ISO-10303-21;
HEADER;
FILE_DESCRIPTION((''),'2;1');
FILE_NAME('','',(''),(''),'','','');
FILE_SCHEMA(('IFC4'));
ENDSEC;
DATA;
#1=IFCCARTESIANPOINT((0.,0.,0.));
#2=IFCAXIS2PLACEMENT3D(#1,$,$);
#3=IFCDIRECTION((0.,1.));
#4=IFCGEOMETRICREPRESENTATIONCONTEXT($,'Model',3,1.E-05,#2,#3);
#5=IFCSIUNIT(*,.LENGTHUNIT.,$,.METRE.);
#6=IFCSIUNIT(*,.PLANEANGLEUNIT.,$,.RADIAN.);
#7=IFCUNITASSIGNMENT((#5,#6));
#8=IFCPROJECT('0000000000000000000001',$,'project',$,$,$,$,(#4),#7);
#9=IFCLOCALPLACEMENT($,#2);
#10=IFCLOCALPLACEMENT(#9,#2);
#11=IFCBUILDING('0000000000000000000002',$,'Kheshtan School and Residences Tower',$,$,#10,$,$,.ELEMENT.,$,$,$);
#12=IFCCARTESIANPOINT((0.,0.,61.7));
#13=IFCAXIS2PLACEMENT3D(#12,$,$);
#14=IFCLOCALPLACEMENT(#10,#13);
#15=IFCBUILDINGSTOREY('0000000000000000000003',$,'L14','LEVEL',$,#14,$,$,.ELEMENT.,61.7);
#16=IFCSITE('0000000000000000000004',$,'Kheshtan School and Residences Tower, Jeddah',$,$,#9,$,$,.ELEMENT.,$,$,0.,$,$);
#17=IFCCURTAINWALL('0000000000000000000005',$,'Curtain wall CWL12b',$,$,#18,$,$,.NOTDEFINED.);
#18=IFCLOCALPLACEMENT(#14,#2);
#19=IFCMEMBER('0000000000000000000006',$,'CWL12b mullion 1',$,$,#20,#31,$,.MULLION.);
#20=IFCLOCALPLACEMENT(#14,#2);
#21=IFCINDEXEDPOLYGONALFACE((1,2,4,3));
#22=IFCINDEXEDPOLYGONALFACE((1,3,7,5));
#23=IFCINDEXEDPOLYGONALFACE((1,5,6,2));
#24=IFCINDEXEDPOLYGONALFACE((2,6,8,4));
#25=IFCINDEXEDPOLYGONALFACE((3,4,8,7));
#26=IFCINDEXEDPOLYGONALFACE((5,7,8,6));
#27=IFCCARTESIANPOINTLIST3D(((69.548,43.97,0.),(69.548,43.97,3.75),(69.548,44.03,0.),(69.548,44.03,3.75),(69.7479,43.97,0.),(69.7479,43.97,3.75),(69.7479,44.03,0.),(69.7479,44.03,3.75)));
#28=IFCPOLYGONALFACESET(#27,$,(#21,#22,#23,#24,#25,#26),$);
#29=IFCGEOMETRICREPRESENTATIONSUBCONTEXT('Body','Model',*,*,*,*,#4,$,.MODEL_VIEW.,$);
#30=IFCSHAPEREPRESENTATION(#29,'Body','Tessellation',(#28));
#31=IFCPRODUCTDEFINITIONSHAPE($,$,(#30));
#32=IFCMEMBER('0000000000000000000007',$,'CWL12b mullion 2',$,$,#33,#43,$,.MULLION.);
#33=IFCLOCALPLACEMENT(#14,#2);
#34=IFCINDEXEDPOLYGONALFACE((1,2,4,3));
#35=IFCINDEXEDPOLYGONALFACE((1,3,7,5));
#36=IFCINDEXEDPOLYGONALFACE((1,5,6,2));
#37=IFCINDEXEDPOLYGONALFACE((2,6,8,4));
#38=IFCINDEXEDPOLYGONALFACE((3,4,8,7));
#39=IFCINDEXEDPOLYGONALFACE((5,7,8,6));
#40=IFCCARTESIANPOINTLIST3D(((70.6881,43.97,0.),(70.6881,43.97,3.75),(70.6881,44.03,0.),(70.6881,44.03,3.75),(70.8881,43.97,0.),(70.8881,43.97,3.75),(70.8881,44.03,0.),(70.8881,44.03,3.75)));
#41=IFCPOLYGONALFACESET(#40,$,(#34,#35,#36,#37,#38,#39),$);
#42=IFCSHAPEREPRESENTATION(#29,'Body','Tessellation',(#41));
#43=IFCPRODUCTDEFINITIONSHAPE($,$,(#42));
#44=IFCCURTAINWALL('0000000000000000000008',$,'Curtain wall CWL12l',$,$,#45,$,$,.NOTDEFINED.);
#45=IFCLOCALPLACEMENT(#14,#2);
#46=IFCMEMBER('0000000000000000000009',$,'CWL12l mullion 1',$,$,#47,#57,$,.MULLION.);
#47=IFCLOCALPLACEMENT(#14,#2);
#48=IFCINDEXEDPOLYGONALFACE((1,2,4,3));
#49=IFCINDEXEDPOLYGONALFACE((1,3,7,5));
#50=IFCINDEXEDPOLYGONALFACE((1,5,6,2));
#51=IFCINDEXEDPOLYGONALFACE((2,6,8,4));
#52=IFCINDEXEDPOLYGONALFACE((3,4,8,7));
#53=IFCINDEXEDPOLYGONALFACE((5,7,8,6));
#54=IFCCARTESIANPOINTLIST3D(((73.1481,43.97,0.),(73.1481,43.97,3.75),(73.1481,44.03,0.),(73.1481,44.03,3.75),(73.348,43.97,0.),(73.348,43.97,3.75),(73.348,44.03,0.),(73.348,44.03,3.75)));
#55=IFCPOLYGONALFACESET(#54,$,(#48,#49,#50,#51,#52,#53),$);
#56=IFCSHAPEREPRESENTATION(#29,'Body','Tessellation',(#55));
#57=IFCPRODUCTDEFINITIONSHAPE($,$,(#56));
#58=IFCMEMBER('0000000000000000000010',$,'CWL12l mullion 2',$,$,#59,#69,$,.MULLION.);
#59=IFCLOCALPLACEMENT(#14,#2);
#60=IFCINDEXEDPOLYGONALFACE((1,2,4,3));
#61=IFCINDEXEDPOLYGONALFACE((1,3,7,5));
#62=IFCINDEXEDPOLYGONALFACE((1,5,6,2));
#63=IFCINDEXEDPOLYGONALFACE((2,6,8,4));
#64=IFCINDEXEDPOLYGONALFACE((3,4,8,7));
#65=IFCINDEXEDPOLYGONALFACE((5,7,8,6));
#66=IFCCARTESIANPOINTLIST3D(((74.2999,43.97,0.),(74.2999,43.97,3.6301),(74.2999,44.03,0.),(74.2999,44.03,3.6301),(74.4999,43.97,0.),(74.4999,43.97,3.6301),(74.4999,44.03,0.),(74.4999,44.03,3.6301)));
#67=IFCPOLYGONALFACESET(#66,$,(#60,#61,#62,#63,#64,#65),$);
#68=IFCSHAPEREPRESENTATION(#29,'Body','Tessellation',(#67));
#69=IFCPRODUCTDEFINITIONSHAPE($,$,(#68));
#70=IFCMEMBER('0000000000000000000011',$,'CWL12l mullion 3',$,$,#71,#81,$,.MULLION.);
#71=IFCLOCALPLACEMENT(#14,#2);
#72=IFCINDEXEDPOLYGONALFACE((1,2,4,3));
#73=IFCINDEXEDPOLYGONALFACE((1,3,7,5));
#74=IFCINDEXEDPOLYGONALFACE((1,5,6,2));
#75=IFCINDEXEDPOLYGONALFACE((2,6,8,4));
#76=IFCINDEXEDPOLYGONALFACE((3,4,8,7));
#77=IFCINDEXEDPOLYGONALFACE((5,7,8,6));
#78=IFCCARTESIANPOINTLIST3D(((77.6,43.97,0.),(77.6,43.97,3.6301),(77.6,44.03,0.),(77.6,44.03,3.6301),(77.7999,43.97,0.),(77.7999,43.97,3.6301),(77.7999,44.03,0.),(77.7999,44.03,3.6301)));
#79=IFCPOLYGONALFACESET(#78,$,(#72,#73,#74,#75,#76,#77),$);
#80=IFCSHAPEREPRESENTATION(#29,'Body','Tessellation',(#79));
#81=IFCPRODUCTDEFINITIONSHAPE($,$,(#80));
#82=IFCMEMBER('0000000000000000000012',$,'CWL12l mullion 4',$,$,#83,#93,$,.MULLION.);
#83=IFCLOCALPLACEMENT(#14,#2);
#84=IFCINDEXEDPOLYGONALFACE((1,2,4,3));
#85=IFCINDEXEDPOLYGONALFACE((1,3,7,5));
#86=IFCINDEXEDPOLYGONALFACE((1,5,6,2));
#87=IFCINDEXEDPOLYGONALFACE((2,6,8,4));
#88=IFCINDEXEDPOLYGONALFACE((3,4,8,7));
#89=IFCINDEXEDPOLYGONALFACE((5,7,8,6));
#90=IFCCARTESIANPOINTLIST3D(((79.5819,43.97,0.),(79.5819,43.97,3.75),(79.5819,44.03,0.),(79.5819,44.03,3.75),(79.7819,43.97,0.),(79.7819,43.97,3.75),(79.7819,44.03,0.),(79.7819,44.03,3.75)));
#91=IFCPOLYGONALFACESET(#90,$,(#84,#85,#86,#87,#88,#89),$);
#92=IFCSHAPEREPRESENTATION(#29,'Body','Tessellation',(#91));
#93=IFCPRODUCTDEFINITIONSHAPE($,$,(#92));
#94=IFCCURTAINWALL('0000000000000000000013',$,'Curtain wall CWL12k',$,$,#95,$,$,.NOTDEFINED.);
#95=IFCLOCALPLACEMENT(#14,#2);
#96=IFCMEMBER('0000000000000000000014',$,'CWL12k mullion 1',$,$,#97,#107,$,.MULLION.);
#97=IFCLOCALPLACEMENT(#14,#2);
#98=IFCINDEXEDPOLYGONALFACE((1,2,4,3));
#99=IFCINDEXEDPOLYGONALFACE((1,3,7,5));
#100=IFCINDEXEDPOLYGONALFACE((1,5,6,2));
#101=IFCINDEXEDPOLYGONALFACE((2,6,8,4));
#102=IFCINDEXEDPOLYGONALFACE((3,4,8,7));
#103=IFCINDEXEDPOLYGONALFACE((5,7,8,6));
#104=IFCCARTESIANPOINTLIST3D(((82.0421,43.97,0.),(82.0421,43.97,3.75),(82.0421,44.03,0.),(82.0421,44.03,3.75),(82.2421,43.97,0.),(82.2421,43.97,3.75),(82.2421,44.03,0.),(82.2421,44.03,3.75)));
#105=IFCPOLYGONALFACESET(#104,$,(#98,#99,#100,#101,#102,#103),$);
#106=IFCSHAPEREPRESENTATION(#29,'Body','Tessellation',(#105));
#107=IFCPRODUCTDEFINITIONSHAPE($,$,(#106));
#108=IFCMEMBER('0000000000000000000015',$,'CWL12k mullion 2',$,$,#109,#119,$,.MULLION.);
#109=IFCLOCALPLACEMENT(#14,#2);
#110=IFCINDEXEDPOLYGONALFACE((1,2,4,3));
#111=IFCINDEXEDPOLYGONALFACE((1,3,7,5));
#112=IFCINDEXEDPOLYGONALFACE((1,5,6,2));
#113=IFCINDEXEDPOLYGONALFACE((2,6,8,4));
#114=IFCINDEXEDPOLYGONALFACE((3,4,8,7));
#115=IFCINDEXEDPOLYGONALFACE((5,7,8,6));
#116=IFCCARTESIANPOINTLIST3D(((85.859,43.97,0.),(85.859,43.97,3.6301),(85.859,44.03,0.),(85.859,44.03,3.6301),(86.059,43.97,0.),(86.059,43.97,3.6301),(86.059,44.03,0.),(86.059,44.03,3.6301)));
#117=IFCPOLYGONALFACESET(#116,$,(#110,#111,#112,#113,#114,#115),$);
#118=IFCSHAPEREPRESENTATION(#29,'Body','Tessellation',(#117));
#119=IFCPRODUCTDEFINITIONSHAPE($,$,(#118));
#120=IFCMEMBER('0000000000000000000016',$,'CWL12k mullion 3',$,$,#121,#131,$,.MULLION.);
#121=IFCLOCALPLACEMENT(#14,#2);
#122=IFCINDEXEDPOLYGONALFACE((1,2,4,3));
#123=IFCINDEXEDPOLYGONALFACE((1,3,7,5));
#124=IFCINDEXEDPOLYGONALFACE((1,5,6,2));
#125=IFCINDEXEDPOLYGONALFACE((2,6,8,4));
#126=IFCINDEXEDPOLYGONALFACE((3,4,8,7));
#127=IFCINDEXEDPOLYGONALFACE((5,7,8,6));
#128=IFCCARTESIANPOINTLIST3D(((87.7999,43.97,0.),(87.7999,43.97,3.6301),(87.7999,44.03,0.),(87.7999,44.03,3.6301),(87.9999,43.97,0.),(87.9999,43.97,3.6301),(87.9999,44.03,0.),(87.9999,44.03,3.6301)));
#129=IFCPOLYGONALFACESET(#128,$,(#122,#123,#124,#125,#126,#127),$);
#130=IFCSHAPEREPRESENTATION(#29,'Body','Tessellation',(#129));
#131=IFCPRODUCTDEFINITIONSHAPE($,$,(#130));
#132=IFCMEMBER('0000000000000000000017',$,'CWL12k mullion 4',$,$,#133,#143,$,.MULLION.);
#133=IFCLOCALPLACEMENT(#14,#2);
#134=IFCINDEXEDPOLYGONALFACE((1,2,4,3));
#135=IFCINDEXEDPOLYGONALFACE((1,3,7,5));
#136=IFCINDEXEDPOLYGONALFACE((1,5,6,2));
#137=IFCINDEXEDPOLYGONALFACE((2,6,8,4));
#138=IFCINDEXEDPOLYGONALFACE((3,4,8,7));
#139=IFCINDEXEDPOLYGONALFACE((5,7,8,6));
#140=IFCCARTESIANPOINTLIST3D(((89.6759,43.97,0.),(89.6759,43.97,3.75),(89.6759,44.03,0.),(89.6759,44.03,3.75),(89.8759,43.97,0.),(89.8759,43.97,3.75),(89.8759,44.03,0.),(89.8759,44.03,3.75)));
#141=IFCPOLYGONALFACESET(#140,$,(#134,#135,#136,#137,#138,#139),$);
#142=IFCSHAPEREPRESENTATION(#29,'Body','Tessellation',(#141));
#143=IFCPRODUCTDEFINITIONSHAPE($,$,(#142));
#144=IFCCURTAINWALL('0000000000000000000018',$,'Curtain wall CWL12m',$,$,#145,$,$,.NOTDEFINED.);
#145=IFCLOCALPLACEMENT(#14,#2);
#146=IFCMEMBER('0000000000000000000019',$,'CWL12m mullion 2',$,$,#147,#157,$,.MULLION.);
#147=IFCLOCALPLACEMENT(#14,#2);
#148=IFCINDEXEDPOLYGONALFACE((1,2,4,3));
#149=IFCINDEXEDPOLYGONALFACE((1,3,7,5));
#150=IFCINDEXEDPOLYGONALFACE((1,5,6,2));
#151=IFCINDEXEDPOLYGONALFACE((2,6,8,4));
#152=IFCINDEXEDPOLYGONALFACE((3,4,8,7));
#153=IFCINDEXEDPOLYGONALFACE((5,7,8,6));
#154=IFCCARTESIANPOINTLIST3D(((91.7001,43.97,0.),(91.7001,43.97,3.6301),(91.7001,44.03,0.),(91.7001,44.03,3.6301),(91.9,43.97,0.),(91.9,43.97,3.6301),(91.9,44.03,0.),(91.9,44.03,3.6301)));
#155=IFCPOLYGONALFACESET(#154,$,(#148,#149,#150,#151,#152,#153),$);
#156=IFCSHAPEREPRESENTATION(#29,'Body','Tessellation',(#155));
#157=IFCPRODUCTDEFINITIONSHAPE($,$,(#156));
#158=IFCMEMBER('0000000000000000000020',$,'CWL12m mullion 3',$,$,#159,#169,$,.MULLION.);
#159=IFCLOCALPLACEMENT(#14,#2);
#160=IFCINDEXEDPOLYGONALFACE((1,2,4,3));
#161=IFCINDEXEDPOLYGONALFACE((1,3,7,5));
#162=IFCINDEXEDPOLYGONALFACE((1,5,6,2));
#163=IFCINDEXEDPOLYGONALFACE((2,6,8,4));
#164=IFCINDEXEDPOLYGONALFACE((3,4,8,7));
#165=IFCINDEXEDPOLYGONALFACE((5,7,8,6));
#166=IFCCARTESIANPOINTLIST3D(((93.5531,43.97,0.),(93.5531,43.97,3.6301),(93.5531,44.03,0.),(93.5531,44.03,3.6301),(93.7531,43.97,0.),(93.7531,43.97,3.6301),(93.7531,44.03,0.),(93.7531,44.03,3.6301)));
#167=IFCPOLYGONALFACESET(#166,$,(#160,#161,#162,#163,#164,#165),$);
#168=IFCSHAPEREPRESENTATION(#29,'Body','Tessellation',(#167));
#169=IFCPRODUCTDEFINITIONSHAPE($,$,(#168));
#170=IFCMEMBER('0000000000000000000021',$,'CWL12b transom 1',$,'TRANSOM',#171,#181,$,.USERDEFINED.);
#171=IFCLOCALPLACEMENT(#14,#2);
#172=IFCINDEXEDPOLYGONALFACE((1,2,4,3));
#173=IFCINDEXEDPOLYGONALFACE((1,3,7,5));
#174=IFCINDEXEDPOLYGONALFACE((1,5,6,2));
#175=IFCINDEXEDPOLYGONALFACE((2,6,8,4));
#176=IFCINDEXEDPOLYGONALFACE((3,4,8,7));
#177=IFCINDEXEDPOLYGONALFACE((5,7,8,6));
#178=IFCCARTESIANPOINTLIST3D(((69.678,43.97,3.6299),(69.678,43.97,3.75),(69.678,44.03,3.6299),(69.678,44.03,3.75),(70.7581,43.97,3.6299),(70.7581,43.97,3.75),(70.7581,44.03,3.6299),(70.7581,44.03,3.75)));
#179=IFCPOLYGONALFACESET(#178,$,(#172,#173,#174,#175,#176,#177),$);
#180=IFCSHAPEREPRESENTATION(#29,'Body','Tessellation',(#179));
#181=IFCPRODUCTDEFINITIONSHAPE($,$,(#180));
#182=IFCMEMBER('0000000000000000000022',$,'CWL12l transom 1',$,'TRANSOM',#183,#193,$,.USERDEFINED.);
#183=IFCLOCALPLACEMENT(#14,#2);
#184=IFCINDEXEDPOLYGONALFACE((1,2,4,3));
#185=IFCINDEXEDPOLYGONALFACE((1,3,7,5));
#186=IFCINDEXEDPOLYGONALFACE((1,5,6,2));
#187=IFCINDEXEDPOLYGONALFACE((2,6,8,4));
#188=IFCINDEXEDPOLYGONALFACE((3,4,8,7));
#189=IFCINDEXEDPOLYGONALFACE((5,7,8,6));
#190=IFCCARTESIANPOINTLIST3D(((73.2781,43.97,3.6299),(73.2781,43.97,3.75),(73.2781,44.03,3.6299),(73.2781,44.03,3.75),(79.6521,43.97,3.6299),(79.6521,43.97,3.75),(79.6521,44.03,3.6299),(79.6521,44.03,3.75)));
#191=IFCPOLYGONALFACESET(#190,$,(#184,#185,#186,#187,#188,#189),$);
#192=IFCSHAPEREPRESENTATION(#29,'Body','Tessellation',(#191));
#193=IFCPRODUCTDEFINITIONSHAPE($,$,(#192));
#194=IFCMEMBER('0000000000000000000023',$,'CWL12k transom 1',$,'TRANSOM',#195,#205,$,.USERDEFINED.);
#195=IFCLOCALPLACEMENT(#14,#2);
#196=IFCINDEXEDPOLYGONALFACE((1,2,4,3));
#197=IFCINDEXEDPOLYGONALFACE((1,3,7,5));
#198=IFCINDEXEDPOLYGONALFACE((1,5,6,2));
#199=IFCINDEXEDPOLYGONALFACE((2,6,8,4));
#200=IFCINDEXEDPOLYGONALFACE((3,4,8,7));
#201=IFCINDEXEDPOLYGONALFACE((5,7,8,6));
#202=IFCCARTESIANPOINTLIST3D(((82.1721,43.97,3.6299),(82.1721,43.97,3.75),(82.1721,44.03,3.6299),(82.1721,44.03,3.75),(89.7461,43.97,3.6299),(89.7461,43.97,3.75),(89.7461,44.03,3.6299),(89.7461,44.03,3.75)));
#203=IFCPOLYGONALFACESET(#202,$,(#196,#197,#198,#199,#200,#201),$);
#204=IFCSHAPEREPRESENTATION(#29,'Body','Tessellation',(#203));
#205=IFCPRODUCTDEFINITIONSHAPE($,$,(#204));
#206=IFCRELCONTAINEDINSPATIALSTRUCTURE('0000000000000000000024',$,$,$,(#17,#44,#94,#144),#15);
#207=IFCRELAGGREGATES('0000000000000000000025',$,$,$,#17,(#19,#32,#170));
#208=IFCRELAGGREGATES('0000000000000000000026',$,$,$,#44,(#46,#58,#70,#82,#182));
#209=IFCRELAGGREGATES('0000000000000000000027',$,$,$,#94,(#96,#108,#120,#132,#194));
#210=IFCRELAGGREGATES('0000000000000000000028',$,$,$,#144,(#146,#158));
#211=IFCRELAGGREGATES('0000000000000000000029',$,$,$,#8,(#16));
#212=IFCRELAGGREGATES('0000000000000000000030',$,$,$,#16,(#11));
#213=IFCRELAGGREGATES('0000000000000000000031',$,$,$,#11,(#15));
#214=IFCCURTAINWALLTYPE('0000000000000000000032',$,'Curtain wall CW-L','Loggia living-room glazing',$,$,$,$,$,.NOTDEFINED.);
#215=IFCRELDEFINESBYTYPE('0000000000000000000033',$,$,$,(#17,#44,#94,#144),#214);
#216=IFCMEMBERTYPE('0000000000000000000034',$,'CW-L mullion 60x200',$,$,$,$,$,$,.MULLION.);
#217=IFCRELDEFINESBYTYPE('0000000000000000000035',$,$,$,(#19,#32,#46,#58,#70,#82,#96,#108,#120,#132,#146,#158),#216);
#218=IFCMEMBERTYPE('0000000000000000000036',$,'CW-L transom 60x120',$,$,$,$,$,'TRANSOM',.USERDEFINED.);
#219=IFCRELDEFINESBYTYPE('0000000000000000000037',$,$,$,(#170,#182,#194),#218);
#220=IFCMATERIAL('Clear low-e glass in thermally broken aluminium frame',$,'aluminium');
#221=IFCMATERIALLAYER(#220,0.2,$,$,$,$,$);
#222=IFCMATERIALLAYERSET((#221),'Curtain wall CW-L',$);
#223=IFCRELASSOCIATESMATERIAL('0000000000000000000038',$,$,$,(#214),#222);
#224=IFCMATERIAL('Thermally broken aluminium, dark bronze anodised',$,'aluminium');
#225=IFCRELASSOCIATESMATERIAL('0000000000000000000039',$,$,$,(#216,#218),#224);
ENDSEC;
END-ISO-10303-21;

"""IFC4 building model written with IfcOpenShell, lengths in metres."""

from ifc_helpers import new_model, si_unit, direction, frame, origin, origin_2d, place, context, subcontext, project, spatial, rectangle, extrude, material, layer, layer_set, material_profile, profile_set, type_object, element, aggregate, save


model = new_model("IFC4")

# Units and contexts
model_context = context("Model", 3, precision=1e-05, world=origin(), true_north=direction((0.0, 1.0)))
body_context = subcontext(model_context, "Body", "Model", "MODEL_VIEW")
ifc_project = project(units=[si_unit("LENGTHUNIT", "METRE"), si_unit("PLANEANGLEUNIT", "RADIAN")], contexts=[model_context])

# Site, building, storey
site_placement = place(None, origin())
site = spatial("IfcSite", under=ifc_project, at=site_placement, Name="Kheshtan School and Residences Tower, Jeddah", CompositionType="ELEMENT", RefElevation=0.0)
building_placement = place(site_placement, origin())
building = spatial("IfcBuilding", under=site, at=building_placement, Name="Kheshtan School and Residences Tower", CompositionType="ELEMENT")
storey_placement = place(building_placement, frame((0.0, 0.0, 61.7)))
storey = spatial("IfcBuildingStorey", under=building, at=storey_placement, Name="L14", Description="LEVEL", CompositionType="ELEMENT", Elevation=61.7)

# Curtain walls, members
ifc_material_1 = material(Name="Clear low-e glass in thermally broken aluminium frame", Category="aluminium")
ifc_layer_1 = layer(ifc_material_1, 0.2)
ifc_layer_set_1 = layer_set([ifc_layer_1], Name="Curtain wall CW-L")
curtain_wall_type = type_object("IfcCurtainWallType", Name="Curtain wall CW-L", Description="Loggia living-room glazing", PredefinedType="NOTDEFINED", material=ifc_layer_set_1)
curtain_wall_1_placement = place(storey_placement, origin())
curtain_wall_1 = element("IfcCurtainWall", 1, at=curtain_wall_1_placement, inside=storey, type_object=curtain_wall_type, Name="Curtain wall CWL12b", PredefinedType="NOTDEFINED")
ifc_material_2 = material(Name="Thermally broken aluminium, dark bronze anodised", Category="aluminium")
ifc_material_profile_1 = material_profile(ifc_material_2, rectangle(XDim=0.0601, YDim=0.2, at=origin_2d()), Name="CW-L mullion 60x200")
ifc_profile_set_1 = profile_set([ifc_material_profile_1], Name="Thermally broken aluminium, dark bronze anodised")
member_type_1 = type_object("IfcMemberType", Name="CW-L mullion 60x200", PredefinedType="MULLION", material=ifc_profile_set_1)
member_1_placement = place(storey_placement, frame((69.6479, 44.0, 0.0), z_axis=(0.0, 0.0, 1.0), x_axis=(0.0, 1.0, 0.0)))
member_1 = element("IfcMember", 2, at=member_1_placement, type_object=member_type_1, Name="CWL12b mullion 1", PredefinedType="MULLION", context=body_context, shape_type="SweptSolid", body=[
    extrude(rectangle(XDim=0.0601, YDim=0.2, at=origin_2d()), origin(), (0.0, 0.0, 1.0), 3.75),
])
member_2_placement = place(storey_placement, frame((70.7881, 44.0, 0.0), z_axis=(0.0, 0.0, 1.0), x_axis=(0.0, 1.0, 0.0)))
member_2 = element("IfcMember", 3, at=member_2_placement, type_object=member_type_1, Name="CWL12b mullion 2", PredefinedType="MULLION", context=body_context, shape_type="SweptSolid", body=[
    extrude(rectangle(XDim=0.0601, YDim=0.2, at=origin_2d()), origin(), (0.0, 0.0, 1.0), 3.75),
])
curtain_wall_2_placement = place(storey_placement, origin())
curtain_wall_2 = element("IfcCurtainWall", 4, at=curtain_wall_2_placement, inside=storey, type_object=curtain_wall_type, Name="Curtain wall CWL12l", PredefinedType="NOTDEFINED")
member_3_placement = place(storey_placement, frame((73.248, 44.0, 0.0), z_axis=(0.0, 0.0, 1.0), x_axis=(0.0, 1.0, 0.0)))
member_3 = element("IfcMember", 5, at=member_3_placement, type_object=member_type_1, Name="CWL12l mullion 1", PredefinedType="MULLION", context=body_context, shape_type="SweptSolid", body=[
    extrude(rectangle(XDim=0.0601, YDim=0.2, at=origin_2d()), origin(), (0.0, 0.0, 1.0), 3.75),
])
member_4_placement = place(storey_placement, frame((74.3999, 44.0, 0.0), z_axis=(0.0, 0.0, 1.0), x_axis=(0.0, 1.0, 0.0)))
member_4 = element("IfcMember", 6, at=member_4_placement, type_object=member_type_1, Name="CWL12l mullion 2", PredefinedType="MULLION", context=body_context, shape_type="SweptSolid", body=[
    extrude(rectangle(XDim=0.0601, YDim=0.2, at=origin_2d()), origin(), (0.0, 0.0, 1.0), 3.6301),
])
member_5_placement = place(storey_placement, frame((77.7, 44.0, 0.0), z_axis=(0.0, 0.0, 1.0), x_axis=(0.0, 1.0, 0.0)))
member_5 = element("IfcMember", 7, at=member_5_placement, type_object=member_type_1, Name="CWL12l mullion 3", PredefinedType="MULLION", context=body_context, shape_type="SweptSolid", body=[
    extrude(rectangle(XDim=0.0601, YDim=0.2, at=origin_2d()), origin(), (0.0, 0.0, 1.0), 3.6301),
])
member_6_placement = place(storey_placement, frame((79.6819, 44.0, 0.0), z_axis=(0.0, 0.0, 1.0), x_axis=(0.0, 1.0, 0.0)))
member_6 = element("IfcMember", 8, at=member_6_placement, type_object=member_type_1, Name="CWL12l mullion 4", PredefinedType="MULLION", context=body_context, shape_type="SweptSolid", body=[
    extrude(rectangle(XDim=0.0601, YDim=0.2, at=origin_2d()), origin(), (0.0, 0.0, 1.0), 3.75),
])
curtain_wall_3_placement = place(storey_placement, origin())
curtain_wall_3 = element("IfcCurtainWall", 9, at=curtain_wall_3_placement, inside=storey, type_object=curtain_wall_type, Name="Curtain wall CWL12k", PredefinedType="NOTDEFINED")
member_7_placement = place(storey_placement, frame((82.1421, 44.0, 0.0), z_axis=(0.0, 0.0, 1.0), x_axis=(0.0, 1.0, 0.0)))
member_7 = element("IfcMember", 10, at=member_7_placement, type_object=member_type_1, Name="CWL12k mullion 1", PredefinedType="MULLION", context=body_context, shape_type="SweptSolid", body=[
    extrude(rectangle(XDim=0.0601, YDim=0.2, at=origin_2d()), origin(), (0.0, 0.0, 1.0), 3.75),
])
member_8_placement = place(storey_placement, frame((85.959, 44.0, 0.0), z_axis=(0.0, 0.0, 1.0), x_axis=(0.0, 1.0, 0.0)))
member_8 = element("IfcMember", 11, at=member_8_placement, type_object=member_type_1, Name="CWL12k mullion 2", PredefinedType="MULLION", context=body_context, shape_type="SweptSolid", body=[
    extrude(rectangle(XDim=0.0601, YDim=0.2, at=origin_2d()), origin(), (0.0, 0.0, 1.0), 3.6301),
])
member_9_placement = place(storey_placement, frame((87.8999, 44.0, 0.0), z_axis=(0.0, 0.0, 1.0), x_axis=(0.0, 1.0, 0.0)))
member_9 = element("IfcMember", 12, at=member_9_placement, type_object=member_type_1, Name="CWL12k mullion 3", PredefinedType="MULLION", context=body_context, shape_type="SweptSolid", body=[
    extrude(rectangle(XDim=0.0601, YDim=0.2, at=origin_2d()), origin(), (0.0, 0.0, 1.0), 3.6301),
])
member_10_placement = place(storey_placement, frame((89.7759, 44.0, 0.0), z_axis=(0.0, 0.0, 1.0), x_axis=(0.0, 1.0, 0.0)))
member_10 = element("IfcMember", 13, at=member_10_placement, type_object=member_type_1, Name="CWL12k mullion 4", PredefinedType="MULLION", context=body_context, shape_type="SweptSolid", body=[
    extrude(rectangle(XDim=0.0601, YDim=0.2, at=origin_2d()), origin(), (0.0, 0.0, 1.0), 3.75),
])
curtain_wall_4_placement = place(storey_placement, origin())
curtain_wall_4 = element("IfcCurtainWall", 14, at=curtain_wall_4_placement, inside=storey, type_object=curtain_wall_type, Name="Curtain wall CWL12m", PredefinedType="NOTDEFINED")
member_11_placement = place(storey_placement, frame((91.8, 44.0, 0.0), z_axis=(0.0, 0.0, 1.0), x_axis=(0.0, 1.0, 0.0)))
member_11 = element("IfcMember", 15, at=member_11_placement, type_object=member_type_1, Name="CWL12m mullion 2", PredefinedType="MULLION", context=body_context, shape_type="SweptSolid", body=[
    extrude(rectangle(XDim=0.0601, YDim=0.2, at=origin_2d()), origin(), (0.0, 0.0, 1.0), 3.6301),
])
member_12_placement = place(storey_placement, frame((93.6531, 44.0, 0.0), z_axis=(0.0, 0.0, 1.0), x_axis=(0.0, 1.0, 0.0)))
member_12 = element("IfcMember", 16, at=member_12_placement, type_object=member_type_1, Name="CWL12m mullion 3", PredefinedType="MULLION", context=body_context, shape_type="SweptSolid", body=[
    extrude(rectangle(XDim=0.0601, YDim=0.2, at=origin_2d()), origin(), (0.0, 0.0, 1.0), 3.6301),
])

# Members
ifc_material_profile_2 = material_profile(ifc_material_2, rectangle(XDim=0.0601, YDim=0.1201, at=origin_2d()), Name="CW-L transom 60x120")
ifc_profile_set_2 = profile_set([ifc_material_profile_2], Name="Thermally broken aluminium, dark bronze anodised")
member_type_2 = type_object("IfcMemberType", Name="CW-L transom 60x120", ElementType="TRANSOM", PredefinedType="USERDEFINED", material=ifc_profile_set_2)
member_13_placement = place(storey_placement, frame((69.678, 44.0, 3.6899), z_axis=(1.0, 0.0, 0.0), x_axis=(0.0, 1.0, 0.0)))
member_13 = element("IfcMember", 17, at=member_13_placement, type_object=member_type_2, Name="CWL12b transom 1", ObjectType="TRANSOM", PredefinedType="USERDEFINED", context=body_context, shape_type="SweptSolid", body=[
    extrude(rectangle(XDim=0.0601, YDim=0.1201, at=origin_2d()), origin(), (0.0, 0.0, 1.0), 1.0801),
])
member_14_placement = place(storey_placement, frame((73.2781, 44.0, 3.6899), z_axis=(1.0, 0.0, 0.0), x_axis=(0.0, 1.0, 0.0)))
member_14 = element("IfcMember", 18, at=member_14_placement, type_object=member_type_2, Name="CWL12l transom 1", ObjectType="TRANSOM", PredefinedType="USERDEFINED", context=body_context, shape_type="SweptSolid", body=[
    extrude(rectangle(XDim=0.0601, YDim=0.1201, at=origin_2d()), origin(), (0.0, 0.0, 1.0), 6.374),
])
member_15_placement = place(storey_placement, frame((82.1721, 44.0, 3.6899), z_axis=(1.0, 0.0, 0.0), x_axis=(0.0, 1.0, 0.0)))
member_15 = element("IfcMember", 19, at=member_15_placement, type_object=member_type_2, Name="CWL12k transom 1", ObjectType="TRANSOM", PredefinedType="USERDEFINED", context=body_context, shape_type="SweptSolid", body=[
    extrude(rectangle(XDim=0.0601, YDim=0.1201, at=origin_2d()), origin(), (0.0, 0.0, 1.0), 7.574),
])

aggregate(curtain_wall_1, [member_1, member_2, member_13])
aggregate(curtain_wall_2, [member_3, member_4, member_5, member_6, member_14])
aggregate(curtain_wall_3, [member_7, member_8, member_9, member_10, member_15])
aggregate(curtain_wall_4, [member_11, member_12])

save(model, "model.ifc")
